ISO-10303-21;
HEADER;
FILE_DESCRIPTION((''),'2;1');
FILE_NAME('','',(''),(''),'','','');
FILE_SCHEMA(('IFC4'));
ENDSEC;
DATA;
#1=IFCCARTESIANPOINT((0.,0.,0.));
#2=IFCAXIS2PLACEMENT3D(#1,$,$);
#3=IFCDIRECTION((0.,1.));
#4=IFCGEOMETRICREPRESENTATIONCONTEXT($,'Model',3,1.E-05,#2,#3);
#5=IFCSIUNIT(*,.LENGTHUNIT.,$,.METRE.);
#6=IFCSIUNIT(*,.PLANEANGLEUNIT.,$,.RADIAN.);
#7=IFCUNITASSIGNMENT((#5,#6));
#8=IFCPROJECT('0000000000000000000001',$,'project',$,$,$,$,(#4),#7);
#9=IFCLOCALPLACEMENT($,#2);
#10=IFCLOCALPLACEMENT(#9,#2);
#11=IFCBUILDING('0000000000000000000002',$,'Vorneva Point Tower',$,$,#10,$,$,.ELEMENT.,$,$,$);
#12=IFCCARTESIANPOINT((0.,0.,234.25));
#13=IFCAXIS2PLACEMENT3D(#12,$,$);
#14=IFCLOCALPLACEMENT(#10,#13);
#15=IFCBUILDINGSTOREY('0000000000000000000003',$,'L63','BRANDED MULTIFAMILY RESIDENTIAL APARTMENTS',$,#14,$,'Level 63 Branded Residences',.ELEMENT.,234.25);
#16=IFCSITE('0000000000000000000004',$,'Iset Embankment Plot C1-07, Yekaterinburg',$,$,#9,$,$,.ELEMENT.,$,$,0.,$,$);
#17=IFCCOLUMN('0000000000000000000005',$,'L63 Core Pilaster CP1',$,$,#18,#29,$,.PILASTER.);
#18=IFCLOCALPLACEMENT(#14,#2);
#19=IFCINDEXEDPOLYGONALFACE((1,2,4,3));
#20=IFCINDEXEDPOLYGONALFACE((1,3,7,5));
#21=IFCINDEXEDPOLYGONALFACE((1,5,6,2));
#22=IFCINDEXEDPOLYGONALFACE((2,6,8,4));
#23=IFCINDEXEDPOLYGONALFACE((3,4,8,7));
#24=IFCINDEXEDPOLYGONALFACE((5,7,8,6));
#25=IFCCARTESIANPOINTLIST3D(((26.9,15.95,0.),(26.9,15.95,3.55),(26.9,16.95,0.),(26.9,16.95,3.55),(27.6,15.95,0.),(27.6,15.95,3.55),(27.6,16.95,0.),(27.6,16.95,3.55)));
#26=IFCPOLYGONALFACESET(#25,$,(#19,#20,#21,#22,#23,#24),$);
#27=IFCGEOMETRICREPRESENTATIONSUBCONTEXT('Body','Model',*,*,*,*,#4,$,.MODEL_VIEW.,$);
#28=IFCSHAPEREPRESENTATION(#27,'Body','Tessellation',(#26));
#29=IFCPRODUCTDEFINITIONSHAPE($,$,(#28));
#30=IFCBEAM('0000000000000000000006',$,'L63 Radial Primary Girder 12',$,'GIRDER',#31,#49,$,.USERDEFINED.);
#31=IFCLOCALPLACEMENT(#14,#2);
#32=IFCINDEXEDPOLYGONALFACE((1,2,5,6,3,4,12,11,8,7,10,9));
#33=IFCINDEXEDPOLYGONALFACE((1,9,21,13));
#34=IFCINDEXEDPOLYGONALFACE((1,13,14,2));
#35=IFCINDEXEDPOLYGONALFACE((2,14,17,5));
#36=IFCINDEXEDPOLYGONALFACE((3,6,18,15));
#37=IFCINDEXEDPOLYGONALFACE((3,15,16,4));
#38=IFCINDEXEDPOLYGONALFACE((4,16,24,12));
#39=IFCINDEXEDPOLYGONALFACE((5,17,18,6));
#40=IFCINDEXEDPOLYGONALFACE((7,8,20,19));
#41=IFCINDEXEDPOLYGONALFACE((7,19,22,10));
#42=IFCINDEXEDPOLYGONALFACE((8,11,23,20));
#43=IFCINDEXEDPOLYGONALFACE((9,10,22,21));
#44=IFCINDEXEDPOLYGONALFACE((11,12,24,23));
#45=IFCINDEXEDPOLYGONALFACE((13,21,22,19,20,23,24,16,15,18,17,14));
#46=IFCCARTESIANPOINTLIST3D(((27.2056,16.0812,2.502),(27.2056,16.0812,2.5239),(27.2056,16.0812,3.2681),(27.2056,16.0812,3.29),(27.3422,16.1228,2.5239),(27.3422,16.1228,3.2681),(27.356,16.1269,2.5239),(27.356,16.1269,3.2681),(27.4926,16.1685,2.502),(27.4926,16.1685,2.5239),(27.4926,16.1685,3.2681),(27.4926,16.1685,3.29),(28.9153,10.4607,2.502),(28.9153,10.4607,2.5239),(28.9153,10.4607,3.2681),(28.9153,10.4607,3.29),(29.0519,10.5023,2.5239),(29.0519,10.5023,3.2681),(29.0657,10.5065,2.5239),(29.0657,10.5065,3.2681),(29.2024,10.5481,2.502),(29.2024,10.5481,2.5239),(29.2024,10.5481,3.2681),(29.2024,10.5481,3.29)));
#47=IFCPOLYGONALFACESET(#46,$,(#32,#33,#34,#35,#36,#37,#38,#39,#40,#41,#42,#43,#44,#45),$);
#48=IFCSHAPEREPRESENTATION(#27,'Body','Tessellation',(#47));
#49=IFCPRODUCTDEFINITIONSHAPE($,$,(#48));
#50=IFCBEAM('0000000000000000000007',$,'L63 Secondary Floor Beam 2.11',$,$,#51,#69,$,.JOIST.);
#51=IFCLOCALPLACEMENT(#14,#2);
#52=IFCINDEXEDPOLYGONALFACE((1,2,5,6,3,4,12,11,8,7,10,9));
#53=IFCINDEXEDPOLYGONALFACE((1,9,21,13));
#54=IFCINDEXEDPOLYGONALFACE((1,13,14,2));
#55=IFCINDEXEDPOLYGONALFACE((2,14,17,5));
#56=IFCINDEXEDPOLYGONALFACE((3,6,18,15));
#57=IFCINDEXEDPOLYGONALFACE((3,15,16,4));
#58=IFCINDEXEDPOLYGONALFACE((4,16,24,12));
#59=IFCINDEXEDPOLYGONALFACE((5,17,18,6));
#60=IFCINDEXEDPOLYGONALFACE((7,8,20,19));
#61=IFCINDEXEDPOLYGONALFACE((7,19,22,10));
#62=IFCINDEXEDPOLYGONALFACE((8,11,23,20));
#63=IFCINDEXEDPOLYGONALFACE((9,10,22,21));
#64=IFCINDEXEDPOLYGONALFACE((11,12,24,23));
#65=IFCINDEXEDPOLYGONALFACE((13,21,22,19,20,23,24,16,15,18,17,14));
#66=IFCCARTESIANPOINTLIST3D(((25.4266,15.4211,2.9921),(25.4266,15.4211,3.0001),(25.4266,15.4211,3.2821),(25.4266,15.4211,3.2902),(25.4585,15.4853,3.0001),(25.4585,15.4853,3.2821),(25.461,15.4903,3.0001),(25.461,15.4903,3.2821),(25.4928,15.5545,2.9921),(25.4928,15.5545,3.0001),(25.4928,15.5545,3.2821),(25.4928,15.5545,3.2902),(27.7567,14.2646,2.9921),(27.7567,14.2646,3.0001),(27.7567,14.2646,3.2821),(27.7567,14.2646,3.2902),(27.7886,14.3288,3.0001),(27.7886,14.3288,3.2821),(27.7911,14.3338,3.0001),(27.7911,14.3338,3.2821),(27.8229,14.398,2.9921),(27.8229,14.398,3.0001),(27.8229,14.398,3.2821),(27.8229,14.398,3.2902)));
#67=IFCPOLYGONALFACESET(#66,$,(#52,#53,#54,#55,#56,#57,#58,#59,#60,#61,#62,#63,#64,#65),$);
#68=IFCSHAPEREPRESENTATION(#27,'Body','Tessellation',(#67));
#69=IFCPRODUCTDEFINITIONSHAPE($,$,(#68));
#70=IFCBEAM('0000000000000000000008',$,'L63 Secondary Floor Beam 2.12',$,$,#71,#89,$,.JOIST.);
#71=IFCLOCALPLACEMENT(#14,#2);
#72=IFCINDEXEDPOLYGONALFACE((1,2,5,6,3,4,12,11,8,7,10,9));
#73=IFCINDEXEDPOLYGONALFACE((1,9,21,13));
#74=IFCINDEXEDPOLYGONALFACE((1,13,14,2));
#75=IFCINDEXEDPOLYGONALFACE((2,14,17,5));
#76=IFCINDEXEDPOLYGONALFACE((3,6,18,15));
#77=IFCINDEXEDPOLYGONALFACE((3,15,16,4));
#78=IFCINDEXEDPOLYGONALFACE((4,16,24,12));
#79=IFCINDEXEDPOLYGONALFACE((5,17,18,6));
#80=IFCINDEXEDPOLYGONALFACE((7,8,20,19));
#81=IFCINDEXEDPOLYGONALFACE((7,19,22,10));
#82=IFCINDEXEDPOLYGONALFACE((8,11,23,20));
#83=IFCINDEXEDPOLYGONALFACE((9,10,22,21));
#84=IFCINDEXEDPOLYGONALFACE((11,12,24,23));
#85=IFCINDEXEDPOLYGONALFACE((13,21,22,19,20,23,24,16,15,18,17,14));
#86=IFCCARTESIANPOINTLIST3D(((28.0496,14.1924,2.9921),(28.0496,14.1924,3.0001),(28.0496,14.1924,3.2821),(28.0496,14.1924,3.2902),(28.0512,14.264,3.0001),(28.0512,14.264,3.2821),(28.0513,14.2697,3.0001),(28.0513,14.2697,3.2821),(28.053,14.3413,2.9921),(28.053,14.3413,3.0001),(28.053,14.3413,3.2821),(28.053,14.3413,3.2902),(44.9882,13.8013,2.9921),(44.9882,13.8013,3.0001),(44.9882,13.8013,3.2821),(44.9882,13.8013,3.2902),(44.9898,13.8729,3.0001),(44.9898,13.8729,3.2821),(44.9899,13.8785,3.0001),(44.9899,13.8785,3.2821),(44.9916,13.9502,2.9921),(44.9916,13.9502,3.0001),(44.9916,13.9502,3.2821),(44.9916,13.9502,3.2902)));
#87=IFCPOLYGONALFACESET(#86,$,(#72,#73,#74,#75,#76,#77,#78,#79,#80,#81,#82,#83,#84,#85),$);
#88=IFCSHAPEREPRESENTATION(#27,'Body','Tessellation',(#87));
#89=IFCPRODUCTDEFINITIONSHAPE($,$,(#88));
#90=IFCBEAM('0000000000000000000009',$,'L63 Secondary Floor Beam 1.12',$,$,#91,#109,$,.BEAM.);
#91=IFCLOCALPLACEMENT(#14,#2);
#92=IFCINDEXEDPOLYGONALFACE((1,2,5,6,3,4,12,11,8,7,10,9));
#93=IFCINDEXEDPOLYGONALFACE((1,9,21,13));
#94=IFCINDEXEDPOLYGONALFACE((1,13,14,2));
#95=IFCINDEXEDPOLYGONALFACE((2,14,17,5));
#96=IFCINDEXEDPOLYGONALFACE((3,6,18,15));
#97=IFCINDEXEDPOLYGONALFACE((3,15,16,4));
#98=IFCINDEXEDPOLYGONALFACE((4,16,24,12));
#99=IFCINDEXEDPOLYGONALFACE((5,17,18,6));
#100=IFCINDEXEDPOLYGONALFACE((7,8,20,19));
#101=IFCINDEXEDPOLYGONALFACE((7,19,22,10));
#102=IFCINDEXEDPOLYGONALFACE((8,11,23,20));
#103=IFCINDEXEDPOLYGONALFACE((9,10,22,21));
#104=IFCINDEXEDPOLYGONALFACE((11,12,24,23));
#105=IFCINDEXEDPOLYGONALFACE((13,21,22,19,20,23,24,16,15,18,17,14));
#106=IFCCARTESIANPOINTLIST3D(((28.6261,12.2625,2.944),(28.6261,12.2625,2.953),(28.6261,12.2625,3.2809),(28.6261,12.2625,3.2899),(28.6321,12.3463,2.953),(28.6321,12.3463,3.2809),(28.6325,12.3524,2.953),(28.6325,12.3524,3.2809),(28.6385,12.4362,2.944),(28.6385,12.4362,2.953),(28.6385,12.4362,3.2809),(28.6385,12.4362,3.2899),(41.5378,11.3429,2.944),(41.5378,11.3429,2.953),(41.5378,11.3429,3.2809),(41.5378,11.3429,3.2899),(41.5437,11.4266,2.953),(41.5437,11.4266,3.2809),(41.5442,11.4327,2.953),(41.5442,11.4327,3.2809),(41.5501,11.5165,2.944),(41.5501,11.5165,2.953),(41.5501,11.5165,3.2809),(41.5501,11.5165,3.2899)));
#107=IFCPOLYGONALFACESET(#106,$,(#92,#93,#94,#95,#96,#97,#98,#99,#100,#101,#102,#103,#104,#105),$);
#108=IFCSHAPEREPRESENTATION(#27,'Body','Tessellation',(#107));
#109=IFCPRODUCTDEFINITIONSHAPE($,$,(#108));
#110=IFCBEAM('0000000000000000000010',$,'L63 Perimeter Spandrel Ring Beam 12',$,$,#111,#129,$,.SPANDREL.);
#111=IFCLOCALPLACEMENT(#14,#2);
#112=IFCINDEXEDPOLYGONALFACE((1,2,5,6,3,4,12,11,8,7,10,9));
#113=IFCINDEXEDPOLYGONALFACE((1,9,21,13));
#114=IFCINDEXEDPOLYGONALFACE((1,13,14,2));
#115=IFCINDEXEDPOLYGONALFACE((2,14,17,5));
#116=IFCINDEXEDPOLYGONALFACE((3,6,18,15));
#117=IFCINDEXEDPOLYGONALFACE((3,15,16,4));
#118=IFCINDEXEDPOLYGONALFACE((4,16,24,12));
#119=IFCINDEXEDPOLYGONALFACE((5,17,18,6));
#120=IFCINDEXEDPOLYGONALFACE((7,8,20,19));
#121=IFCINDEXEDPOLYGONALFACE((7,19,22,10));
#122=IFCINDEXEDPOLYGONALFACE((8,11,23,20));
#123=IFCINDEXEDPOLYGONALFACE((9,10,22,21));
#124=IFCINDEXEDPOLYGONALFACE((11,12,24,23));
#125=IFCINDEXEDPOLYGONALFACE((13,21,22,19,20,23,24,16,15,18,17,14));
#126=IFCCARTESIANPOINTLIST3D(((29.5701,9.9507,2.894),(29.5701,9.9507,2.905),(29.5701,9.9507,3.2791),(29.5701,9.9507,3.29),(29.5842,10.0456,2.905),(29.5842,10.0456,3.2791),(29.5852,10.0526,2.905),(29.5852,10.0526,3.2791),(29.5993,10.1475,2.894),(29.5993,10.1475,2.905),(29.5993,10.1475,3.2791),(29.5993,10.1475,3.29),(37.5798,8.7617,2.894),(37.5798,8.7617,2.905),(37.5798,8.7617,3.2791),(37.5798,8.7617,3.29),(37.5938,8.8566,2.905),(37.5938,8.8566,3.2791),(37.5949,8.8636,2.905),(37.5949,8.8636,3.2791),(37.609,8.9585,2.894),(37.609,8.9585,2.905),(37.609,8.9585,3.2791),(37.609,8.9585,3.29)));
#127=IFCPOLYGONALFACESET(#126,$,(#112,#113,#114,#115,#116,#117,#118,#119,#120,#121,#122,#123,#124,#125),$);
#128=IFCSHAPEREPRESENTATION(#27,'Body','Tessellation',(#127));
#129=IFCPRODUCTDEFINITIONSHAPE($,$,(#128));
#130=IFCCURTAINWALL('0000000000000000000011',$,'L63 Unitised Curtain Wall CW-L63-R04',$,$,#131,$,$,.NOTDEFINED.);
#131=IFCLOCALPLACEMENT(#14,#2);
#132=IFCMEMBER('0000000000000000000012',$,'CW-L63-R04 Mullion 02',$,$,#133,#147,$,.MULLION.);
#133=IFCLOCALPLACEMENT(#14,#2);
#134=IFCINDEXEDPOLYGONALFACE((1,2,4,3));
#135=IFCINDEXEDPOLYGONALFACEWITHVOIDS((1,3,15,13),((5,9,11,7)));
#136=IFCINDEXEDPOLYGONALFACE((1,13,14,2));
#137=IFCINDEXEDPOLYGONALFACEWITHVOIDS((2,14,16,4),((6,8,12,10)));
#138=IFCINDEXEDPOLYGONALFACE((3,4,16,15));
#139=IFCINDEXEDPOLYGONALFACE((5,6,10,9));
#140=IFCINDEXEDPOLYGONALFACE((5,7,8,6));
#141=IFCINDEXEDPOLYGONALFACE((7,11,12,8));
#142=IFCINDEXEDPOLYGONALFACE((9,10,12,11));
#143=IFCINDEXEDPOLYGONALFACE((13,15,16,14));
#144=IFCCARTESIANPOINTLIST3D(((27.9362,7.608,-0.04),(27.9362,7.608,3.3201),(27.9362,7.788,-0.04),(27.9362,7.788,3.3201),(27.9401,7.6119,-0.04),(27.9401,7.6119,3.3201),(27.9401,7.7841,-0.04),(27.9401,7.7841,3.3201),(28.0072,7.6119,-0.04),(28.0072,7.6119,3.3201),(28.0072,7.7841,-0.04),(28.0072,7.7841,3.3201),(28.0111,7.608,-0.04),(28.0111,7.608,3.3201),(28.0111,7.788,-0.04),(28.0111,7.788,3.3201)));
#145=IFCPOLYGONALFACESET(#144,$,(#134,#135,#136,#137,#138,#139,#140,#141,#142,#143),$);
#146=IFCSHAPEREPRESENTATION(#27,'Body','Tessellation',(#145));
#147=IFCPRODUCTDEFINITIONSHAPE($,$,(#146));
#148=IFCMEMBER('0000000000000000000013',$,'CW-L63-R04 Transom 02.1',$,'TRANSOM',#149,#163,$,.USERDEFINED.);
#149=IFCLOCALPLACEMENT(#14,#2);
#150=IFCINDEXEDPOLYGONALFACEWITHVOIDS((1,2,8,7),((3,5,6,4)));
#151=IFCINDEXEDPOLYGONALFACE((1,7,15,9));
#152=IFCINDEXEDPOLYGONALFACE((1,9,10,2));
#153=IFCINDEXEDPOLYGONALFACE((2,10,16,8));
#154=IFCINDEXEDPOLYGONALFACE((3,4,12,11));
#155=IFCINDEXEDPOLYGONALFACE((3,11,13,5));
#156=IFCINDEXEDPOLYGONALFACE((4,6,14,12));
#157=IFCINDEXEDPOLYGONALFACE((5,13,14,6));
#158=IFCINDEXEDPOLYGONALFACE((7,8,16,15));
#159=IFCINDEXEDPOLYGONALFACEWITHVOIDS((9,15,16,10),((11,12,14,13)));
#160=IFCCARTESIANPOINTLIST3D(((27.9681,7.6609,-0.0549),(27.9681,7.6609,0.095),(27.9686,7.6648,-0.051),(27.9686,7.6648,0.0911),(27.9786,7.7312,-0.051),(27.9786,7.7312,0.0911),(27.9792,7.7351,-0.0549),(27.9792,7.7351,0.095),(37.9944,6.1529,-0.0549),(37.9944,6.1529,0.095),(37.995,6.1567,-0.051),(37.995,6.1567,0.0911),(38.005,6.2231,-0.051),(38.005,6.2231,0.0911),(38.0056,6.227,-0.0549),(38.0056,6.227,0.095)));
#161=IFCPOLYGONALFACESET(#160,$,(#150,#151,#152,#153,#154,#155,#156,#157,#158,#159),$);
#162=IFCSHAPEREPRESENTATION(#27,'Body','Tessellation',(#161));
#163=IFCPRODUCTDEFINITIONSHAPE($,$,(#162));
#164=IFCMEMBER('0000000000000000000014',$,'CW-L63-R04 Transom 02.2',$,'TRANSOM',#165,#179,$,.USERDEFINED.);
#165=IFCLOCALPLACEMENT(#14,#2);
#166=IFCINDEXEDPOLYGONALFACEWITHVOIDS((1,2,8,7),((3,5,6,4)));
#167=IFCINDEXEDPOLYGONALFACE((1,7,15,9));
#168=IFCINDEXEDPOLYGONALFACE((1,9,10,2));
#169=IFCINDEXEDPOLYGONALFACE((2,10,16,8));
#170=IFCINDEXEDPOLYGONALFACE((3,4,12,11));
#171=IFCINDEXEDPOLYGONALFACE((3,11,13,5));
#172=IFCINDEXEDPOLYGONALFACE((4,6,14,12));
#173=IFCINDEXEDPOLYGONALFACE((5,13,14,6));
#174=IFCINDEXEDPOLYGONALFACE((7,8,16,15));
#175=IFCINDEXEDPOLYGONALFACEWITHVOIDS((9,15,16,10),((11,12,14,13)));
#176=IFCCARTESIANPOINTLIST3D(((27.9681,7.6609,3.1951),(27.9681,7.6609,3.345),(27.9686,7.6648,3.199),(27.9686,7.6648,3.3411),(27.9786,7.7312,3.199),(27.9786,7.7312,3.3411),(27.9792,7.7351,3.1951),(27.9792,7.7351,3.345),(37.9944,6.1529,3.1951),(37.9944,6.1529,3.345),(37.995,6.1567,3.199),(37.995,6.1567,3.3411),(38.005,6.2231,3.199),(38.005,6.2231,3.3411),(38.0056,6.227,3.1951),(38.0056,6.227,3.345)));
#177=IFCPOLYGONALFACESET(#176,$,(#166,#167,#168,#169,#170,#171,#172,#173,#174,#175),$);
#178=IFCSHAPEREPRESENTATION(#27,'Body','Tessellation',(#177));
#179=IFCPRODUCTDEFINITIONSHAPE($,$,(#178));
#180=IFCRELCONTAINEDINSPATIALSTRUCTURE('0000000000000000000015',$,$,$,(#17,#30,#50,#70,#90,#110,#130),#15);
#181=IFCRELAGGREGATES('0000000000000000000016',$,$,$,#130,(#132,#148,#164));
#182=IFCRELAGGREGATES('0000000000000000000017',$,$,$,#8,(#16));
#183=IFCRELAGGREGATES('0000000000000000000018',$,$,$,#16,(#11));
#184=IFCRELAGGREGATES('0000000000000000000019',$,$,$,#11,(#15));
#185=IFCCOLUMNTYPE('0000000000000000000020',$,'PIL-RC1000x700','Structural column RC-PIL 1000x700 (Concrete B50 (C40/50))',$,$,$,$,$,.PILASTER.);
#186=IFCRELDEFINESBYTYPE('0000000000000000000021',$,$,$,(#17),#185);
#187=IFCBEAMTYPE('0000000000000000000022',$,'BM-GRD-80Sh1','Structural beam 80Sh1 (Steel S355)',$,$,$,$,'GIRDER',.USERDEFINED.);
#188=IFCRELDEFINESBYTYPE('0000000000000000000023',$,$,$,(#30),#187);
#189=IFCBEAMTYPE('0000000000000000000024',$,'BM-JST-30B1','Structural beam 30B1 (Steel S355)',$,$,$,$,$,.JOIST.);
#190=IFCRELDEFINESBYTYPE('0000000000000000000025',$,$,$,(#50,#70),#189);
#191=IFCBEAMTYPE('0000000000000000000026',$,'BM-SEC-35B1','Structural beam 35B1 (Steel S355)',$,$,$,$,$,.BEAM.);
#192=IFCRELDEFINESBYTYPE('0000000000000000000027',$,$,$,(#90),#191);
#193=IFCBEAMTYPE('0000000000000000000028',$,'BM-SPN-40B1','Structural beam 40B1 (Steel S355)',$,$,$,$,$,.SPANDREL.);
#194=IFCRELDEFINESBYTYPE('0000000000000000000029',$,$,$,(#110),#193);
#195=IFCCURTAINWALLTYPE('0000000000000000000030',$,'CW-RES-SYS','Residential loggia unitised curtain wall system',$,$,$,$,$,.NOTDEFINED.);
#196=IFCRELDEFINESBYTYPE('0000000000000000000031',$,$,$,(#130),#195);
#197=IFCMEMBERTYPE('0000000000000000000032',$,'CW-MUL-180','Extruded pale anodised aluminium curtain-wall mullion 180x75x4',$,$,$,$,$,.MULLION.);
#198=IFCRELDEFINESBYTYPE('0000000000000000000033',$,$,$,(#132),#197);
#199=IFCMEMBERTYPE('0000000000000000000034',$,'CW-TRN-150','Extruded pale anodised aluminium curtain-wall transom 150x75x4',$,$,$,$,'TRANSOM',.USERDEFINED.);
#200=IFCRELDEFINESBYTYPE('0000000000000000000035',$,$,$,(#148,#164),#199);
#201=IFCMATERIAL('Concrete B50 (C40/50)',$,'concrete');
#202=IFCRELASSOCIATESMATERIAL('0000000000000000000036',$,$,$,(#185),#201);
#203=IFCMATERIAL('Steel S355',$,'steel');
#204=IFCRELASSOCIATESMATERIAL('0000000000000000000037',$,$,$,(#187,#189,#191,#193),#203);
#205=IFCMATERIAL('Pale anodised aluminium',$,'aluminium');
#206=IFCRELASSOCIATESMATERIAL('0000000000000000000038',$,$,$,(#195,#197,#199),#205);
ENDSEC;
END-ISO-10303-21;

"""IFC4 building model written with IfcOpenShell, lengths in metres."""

from ifc_helpers import new_model, si_unit, direction, frame, origin, origin_2d, place, context, subcontext, project, spatial, rectangle, hollow_rectangle, i_section, extrude, material, material_profile, profile_set, type_object, element, aggregate, save


model = new_model("IFC4")

# Units and contexts
model_context = context("Model", 3, precision=1e-05, world=origin(), true_north=direction((0.0, 1.0)))
body_context = subcontext(model_context, "Body", "Model", "MODEL_VIEW")
ifc_project = project(units=[si_unit("LENGTHUNIT", "METRE"), si_unit("PLANEANGLEUNIT", "RADIAN")], contexts=[model_context])

# Site, building, storey
site_placement = place(None, origin())
site = spatial("IfcSite", under=ifc_project, at=site_placement, Name="Iset Embankment Plot C1-07, Yekaterinburg", CompositionType="ELEMENT", RefElevation=0.0)
building_placement = place(site_placement, origin())
building = spatial("IfcBuilding", under=site, at=building_placement, Name="Vorneva Point Tower", CompositionType="ELEMENT")
storey_placement = place(building_placement, frame((0.0, 0.0, 234.25)))
storey = spatial("IfcBuildingStorey", under=building, at=storey_placement, Name="L63", Description="BRANDED MULTIFAMILY RESIDENTIAL APARTMENTS", LongName="Level 63 Branded Residences", CompositionType="ELEMENT", Elevation=234.25)

# Column
ifc_material_1 = material(Name="Concrete B50 (C40/50)", Category="concrete")
ifc_material_profile_1 = material_profile(ifc_material_1, rectangle(XDim=0.7, YDim=1.0, at=origin_2d()), Name="RC-PIL 1000x700")
ifc_profile_set_1 = profile_set([ifc_material_profile_1], Name="Concrete B50 (C40/50)")
column_type_1 = type_object("IfcColumnType", Name="PIL-RC1000x700", Description="Structural column RC-PIL 1000x700 (Concrete B50 (C40/50))", PredefinedType="PILASTER", material=ifc_profile_set_1)
column_1_placement = place(storey_placement, frame((27.25, 16.45, 0.0), z_axis=(0.0, 0.0, 1.0), x_axis=(1.0, 0.0, 0.0)))
element("IfcColumn", 1, at=column_1_placement, inside=storey, type_object=column_type_1, Name="L63 Core Pilaster CP1", PredefinedType="PILASTER", context=body_context, shape_type="SweptSolid", body=[
    extrude(rectangle(XDim=0.7, YDim=1.0, at=origin_2d()), origin(), (0.0, 0.0, 1.0), 3.55),
])

# Beams
ifc_material_2 = material(Name="Steel S355", Category="steel")
ifc_material_profile_2 = material_profile(ifc_material_2, i_section(OverallWidth=0.3, OverallDepth=0.7881, WebThickness=0.0144, FlangeThickness=0.022, at=origin_2d()), Name="80Sh1")
ifc_profile_set_2 = profile_set([ifc_material_profile_2], Name="Steel S355")
beam_type_1 = type_object("IfcBeamType", Name="BM-GRD-80Sh1", Description="Structural beam 80Sh1 (Steel S355)", ElementType="GIRDER", PredefinedType="USERDEFINED", material=ifc_profile_set_2)
beam_1_placement = place(storey_placement, frame((29.0588, 10.5044, 2.896), z_axis=(-0.291033, 0.956713, 0.0), x_axis=(-0.956713, -0.291033, 0.0)))
element("IfcBeam", 2, at=beam_1_placement, inside=storey, type_object=beam_type_1, Name="L63 Radial Primary Girder 12", ObjectType="GIRDER", PredefinedType="USERDEFINED", context=body_context, shape_type="SweptSolid", body=[
    extrude(i_section(OverallWidth=0.3, OverallDepth=0.7881, WebThickness=0.0144, FlangeThickness=0.022, at=origin_2d()), origin(), (0.0, 0.0, 1.0), 5.8748),
])
ifc_material_profile_3 = material_profile(ifc_material_2, i_section(OverallWidth=0.1489, OverallDepth=0.2981, WebThickness=0.0056, FlangeThickness=0.0081, at=origin_2d()), Name="30B1")
ifc_profile_set_3 = profile_set([ifc_material_profile_3], Name="Steel S355")
beam_type_2 = type_object("IfcBeamType", Name="BM-JST-30B1", Description="Structural beam 30B1 (Steel S355)", PredefinedType="JOIST", material=ifc_profile_set_3)
beam_2_placement = place(storey_placement, frame((25.4597, 15.4878, 3.1411), z_axis=(0.895737, -0.444584, 0.0), x_axis=(0.444584, 0.895737, 0.0)))
element("IfcBeam", 3, at=beam_2_placement, inside=storey, type_object=beam_type_2, Name="L63 Secondary Floor Beam 2.11", PredefinedType="JOIST", context=body_context, shape_type="SweptSolid", body=[
    extrude(i_section(OverallWidth=0.1489, OverallDepth=0.2981, WebThickness=0.0056, FlangeThickness=0.0081, at=origin_2d()), origin(), (0.0, 0.0, 1.0), 2.6013),
])
beam_3_placement = place(storey_placement, frame((28.0513, 14.2668, 3.1411), z_axis=(0.999734, -0.023084, 0.0), x_axis=(0.023084, 0.999734, 0.0)))
element("IfcBeam", 4, at=beam_3_placement, inside=storey, type_object=beam_type_2, Name="L63 Secondary Floor Beam 2.12", PredefinedType="JOIST", context=body_context, shape_type="SweptSolid", body=[
    extrude(i_section(OverallWidth=0.1489, OverallDepth=0.2981, WebThickness=0.0056, FlangeThickness=0.0081, at=origin_2d()), origin(), (0.0, 0.0, 1.0), 16.9431),
])
ifc_material_profile_4 = material_profile(ifc_material_2, i_section(OverallWidth=0.1741, OverallDepth=0.3459, WebThickness=0.0061, FlangeThickness=0.009, at=origin_2d()), Name="35B1")
ifc_profile_set_4 = profile_set([ifc_material_profile_4], Name="Steel S355")
beam_type_3 = type_object("IfcBeamType", Name="BM-SEC-35B1", Description="Structural beam 35B1 (Steel S355)", PredefinedType="BEAM", material=ifc_profile_set_4)
beam_4_placement = place(storey_placement, frame((28.6323, 12.3494, 3.1169), z_axis=(0.997473, -0.071049, 0.0), x_axis=(0.071049, 0.997473, 0.0)))
element("IfcBeam", 5, at=beam_4_placement, inside=storey, type_object=beam_type_3, Name="L63 Secondary Floor Beam 1.12", PredefinedType="BEAM", context=body_context, shape_type="SweptSolid", body=[
    extrude(i_section(OverallWidth=0.1741, OverallDepth=0.3459, WebThickness=0.0061, FlangeThickness=0.009, at=origin_2d()), origin(), (0.0, 0.0, 1.0), 12.9443),
])
ifc_material_profile_5 = material_profile(ifc_material_2, i_section(OverallWidth=0.199, OverallDepth=0.396, WebThickness=0.0071, FlangeThickness=0.011, at=origin_2d()), Name="40B1")
ifc_profile_set_5 = profile_set([ifc_material_profile_5], Name="Steel S355")
beam_type_4 = type_object("IfcBeamType", Name="BM-SPN-40B1", Description="Structural beam 40B1 (Steel S355)", PredefinedType="SPANDREL", material=ifc_profile_set_5)
beam_5_placement = place(storey_placement, frame((29.5847, 10.0491, 3.092), z_axis=(0.989162, -0.146831, 0.0), x_axis=(0.146831, 0.989162, 0.0)))
element("IfcBeam", 6, at=beam_5_placement, inside=storey, type_object=beam_type_4, Name="L63 Perimeter Spandrel Ring Beam 12", PredefinedType="SPANDREL", context=body_context, shape_type="SweptSolid", body=[
    extrude(i_section(OverallWidth=0.199, OverallDepth=0.396, WebThickness=0.0071, FlangeThickness=0.011, at=origin_2d()), origin(), (0.0, 0.0, 1.0), 8.0974),
])

# Curtain wall, members
ifc_material_3 = material(Name="Pale anodised aluminium", Category="aluminium")
curtain_wall_type = type_object("IfcCurtainWallType", Name="CW-RES-SYS", Description="Residential loggia unitised curtain wall system", PredefinedType="NOTDEFINED", material=ifc_material_3)
curtain_wall_placement = place(storey_placement, origin())
curtain_wall = element("IfcCurtainWall", 7, at=curtain_wall_placement, inside=storey, type_object=curtain_wall_type, Name="L63 Unitised Curtain Wall CW-L63-R04", PredefinedType="NOTDEFINED")
ifc_material_profile_6 = material_profile(ifc_material_3, hollow_rectangle(XDim=0.075, YDim=0.1799, WallThickness=0.0039, at=origin_2d()), Name="AL-MUL 180x75x4")
ifc_profile_set_6 = profile_set([ifc_material_profile_6], Name="Pale anodised aluminium")
member_type_1 = type_object("IfcMemberType", Name="CW-MUL-180", Description="Extruded pale anodised aluminium curtain-wall mullion 180x75x4", PredefinedType="MULLION", material=ifc_profile_set_6)
member_1_placement = place(storey_placement, frame((27.9736, 7.698, -0.04), z_axis=(0.0, 0.0, 1.0), x_axis=(1.0, 0.0, 0.0)))
member_1 = element("IfcMember", 8, at=member_1_placement, type_object=member_type_1, Name="CW-L63-R04 Mullion 02", PredefinedType="MULLION", context=body_context, shape_type="SweptSolid", body=[
    extrude(hollow_rectangle(XDim=0.075, YDim=0.1799, WallThickness=0.0039, at=origin_2d()), origin(), (0.0, 0.0, 1.0), 3.3601),
])
ifc_material_profile_7 = material_profile(ifc_material_3, hollow_rectangle(XDim=0.075, YDim=0.1499, WallThickness=0.0039, at=origin_2d()), Name="AL-TRN 150x75x4")
ifc_profile_set_7 = profile_set([ifc_material_profile_7], Name="Pale anodised aluminium")
member_type_2 = type_object("IfcMemberType", Name="CW-TRN-150", Description="Extruded pale anodised aluminium curtain-wall transom 150x75x4", ElementType="TRANSOM", PredefinedType="USERDEFINED", material=ifc_profile_set_7)
member_2_placement = place(storey_placement, frame((27.9736, 7.698, 0.02), z_axis=(0.988877, -0.148736, 0.0), x_axis=(0.148736, 0.988877, 0.0)))
member_2 = element("IfcMember", 9, at=member_2_placement, type_object=member_type_2, Name="CW-L63-R04 Transom 02.1", ObjectType="TRANSOM", PredefinedType="USERDEFINED", context=body_context, shape_type="SweptSolid", body=[
    extrude(hollow_rectangle(XDim=0.075, YDim=0.1499, WallThickness=0.0039, at=origin_2d()), origin(), (0.0, 0.0, 1.0), 10.1392),
])
member_3_placement = place(storey_placement, frame((27.9736, 7.698, 3.27), z_axis=(0.988877, -0.148736, 0.0), x_axis=(0.148736, 0.988877, 0.0)))
member_3 = element("IfcMember", 10, at=member_3_placement, type_object=member_type_2, Name="CW-L63-R04 Transom 02.2", ObjectType="TRANSOM", PredefinedType="USERDEFINED", context=body_context, shape_type="SweptSolid", body=[
    extrude(hollow_rectangle(XDim=0.075, YDim=0.1499, WallThickness=0.0039, at=origin_2d()), origin(), (0.0, 0.0, 1.0), 10.1392),
])
aggregate(curtain_wall, [member_1, member_2, member_3])

save(model, "model.ifc")
